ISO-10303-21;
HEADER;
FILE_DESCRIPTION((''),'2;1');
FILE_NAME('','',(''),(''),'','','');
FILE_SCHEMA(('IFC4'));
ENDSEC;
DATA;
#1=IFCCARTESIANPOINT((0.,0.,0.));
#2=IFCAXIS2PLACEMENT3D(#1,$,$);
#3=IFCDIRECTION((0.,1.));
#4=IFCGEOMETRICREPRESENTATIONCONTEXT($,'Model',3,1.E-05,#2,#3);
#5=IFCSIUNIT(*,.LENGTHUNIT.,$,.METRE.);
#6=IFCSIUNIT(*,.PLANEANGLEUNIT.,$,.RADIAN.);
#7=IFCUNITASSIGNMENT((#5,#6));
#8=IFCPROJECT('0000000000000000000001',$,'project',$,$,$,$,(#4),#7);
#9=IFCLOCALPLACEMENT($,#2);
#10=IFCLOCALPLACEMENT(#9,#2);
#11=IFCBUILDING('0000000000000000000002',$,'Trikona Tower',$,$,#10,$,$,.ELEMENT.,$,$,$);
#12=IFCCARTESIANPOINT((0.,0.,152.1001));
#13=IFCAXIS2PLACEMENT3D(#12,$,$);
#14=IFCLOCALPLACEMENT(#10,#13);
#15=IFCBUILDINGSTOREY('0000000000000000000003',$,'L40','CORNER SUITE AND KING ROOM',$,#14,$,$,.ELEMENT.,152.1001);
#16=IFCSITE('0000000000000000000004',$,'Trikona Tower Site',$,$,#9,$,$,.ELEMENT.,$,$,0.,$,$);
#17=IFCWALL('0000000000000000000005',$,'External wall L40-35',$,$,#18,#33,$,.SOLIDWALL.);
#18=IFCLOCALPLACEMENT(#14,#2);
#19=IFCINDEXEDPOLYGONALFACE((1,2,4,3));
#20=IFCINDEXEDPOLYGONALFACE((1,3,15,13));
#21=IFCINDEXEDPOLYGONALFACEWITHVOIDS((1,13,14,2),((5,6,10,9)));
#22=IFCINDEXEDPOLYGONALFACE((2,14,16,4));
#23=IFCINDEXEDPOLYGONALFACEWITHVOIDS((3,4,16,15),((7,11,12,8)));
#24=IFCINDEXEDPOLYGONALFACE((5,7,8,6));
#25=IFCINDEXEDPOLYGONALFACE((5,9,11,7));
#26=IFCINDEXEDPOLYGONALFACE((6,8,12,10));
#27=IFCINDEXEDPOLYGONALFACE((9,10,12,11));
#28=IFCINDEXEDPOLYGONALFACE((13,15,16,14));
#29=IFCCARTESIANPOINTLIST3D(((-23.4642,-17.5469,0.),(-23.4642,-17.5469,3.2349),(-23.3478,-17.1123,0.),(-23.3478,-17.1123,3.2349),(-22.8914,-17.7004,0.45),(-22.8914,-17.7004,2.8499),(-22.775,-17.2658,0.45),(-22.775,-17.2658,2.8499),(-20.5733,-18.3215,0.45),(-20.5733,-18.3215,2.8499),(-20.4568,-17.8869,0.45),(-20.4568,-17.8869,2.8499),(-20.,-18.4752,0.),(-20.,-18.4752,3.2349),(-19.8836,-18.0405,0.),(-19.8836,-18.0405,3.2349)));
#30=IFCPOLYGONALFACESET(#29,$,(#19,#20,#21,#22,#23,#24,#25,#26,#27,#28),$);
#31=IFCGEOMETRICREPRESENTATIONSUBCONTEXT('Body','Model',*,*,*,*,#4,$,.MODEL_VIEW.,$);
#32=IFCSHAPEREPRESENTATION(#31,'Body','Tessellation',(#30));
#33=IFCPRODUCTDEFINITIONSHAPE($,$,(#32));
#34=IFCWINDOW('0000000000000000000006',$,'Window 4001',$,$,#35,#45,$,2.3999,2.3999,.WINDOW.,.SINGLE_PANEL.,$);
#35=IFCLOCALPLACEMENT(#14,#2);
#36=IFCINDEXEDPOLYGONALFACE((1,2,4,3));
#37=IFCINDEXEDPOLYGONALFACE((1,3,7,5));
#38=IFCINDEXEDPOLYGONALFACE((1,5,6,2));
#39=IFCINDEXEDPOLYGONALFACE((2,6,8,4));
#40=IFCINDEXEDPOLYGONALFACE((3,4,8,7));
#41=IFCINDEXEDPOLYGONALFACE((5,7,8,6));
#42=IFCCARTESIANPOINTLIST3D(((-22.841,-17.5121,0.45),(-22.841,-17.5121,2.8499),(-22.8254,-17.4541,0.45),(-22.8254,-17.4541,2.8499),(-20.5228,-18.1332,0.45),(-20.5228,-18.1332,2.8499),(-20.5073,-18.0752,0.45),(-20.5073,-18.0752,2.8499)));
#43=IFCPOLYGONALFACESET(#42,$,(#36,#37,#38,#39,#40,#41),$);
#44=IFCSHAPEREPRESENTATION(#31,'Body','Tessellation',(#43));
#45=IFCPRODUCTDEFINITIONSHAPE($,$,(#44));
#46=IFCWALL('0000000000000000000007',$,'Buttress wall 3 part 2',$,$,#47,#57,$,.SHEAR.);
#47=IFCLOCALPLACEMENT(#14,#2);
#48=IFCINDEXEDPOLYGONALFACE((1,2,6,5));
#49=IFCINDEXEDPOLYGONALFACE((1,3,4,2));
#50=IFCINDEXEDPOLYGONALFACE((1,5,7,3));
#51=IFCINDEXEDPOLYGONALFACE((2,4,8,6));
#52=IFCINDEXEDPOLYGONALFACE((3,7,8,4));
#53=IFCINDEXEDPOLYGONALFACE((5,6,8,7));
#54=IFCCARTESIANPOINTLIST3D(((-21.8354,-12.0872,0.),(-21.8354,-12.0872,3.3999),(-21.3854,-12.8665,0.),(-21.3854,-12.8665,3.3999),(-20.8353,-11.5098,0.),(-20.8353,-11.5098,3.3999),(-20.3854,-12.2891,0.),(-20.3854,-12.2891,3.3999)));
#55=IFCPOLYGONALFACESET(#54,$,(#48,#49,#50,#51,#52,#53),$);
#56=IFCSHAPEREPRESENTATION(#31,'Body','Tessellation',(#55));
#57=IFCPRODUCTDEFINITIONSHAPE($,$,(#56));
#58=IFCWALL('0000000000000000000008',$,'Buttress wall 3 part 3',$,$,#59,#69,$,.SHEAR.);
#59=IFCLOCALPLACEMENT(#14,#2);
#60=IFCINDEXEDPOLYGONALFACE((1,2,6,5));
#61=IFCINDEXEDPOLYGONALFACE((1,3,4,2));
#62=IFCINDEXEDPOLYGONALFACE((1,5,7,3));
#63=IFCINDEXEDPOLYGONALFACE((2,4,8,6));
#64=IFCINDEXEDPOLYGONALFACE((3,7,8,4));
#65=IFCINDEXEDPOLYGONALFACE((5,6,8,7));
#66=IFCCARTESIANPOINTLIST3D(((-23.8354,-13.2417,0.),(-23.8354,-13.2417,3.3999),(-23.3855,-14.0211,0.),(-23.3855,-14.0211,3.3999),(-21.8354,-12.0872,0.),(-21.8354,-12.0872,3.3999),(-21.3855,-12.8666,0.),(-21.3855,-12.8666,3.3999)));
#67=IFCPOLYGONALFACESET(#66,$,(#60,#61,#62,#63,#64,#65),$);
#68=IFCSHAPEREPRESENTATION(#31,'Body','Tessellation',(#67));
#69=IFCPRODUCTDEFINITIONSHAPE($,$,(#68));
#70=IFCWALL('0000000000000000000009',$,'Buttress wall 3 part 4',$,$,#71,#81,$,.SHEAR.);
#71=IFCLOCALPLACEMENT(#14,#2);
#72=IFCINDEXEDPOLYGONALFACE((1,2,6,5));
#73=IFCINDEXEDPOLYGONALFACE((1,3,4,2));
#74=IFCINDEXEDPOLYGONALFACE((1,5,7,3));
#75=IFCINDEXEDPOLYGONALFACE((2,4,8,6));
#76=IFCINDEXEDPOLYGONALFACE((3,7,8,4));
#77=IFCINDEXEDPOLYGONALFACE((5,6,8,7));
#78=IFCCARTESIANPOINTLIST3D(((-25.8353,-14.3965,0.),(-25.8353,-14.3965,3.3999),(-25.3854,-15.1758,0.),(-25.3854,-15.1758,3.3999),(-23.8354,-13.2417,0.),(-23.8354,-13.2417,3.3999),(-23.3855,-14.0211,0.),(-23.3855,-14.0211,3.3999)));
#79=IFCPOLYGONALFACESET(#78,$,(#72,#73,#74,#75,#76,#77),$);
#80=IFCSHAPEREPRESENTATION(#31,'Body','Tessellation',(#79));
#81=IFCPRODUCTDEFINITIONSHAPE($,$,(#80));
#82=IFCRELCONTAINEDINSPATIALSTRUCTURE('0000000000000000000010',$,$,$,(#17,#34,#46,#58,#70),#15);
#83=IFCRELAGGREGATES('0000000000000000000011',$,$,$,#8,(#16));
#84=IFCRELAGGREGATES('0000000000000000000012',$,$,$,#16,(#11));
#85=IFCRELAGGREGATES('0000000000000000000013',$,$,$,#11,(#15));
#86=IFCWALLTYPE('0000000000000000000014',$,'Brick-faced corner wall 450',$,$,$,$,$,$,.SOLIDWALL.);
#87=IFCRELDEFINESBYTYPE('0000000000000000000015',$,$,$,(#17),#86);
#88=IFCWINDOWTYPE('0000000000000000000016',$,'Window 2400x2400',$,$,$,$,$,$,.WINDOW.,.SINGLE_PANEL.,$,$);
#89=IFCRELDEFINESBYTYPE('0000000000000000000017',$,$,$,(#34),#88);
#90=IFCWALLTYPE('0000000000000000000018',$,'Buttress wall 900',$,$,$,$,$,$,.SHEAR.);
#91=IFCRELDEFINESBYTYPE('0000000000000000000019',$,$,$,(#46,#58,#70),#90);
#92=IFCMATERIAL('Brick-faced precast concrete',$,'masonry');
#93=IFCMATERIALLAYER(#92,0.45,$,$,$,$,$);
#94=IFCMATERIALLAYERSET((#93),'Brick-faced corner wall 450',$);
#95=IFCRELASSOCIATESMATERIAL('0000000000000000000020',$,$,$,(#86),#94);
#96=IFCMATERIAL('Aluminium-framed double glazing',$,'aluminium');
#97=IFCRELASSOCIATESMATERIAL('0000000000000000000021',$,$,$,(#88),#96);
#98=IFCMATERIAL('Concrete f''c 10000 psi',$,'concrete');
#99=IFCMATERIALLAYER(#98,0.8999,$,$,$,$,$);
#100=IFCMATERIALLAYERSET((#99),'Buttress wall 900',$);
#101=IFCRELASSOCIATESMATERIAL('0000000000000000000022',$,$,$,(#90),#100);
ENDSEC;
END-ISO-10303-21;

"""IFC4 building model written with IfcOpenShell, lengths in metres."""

from ifc_helpers import new_model, si_unit, direction, frame, frame_2d, origin, place, context, subcontext, project, spatial, rectangle, extrude, material, layer, layer_set, type_object, element, fill, save


model = new_model("IFC4")

# Units and contexts
model_context = context("Model", 3, precision=1e-05, world=origin(), true_north=direction((0.0, 1.0)))
body_context = subcontext(model_context, "Body", "Model", "MODEL_VIEW")
ifc_project = project(units=[si_unit("LENGTHUNIT", "METRE"), si_unit("PLANEANGLEUNIT", "RADIAN")], contexts=[model_context])

# Site, building, storey
site_placement = place(None, origin())
site = spatial("IfcSite", under=ifc_project, at=site_placement, Name="Trikona Tower Site", CompositionType="ELEMENT", RefElevation=0.0)
building_placement = place(site_placement, origin())
building = spatial("IfcBuilding", under=site, at=building_placement, Name="Trikona Tower", CompositionType="ELEMENT")
storey_placement = place(building_placement, frame((0.0, 0.0, 152.1001)))
storey = spatial("IfcBuildingStorey", under=building, at=storey_placement, Name="L40", Description="CORNER SUITE AND KING ROOM", CompositionType="ELEMENT", Elevation=152.1001)

# Wall, opening, window
ifc_material_1 = material(Name="Brick-faced precast concrete", Category="masonry")
ifc_layer_1 = layer(ifc_material_1, 0.45)
ifc_layer_set_1 = layer_set([ifc_layer_1], Name="Brick-faced corner wall 450")
wall_type_1 = type_object("IfcWallType", Name="Brick-faced corner wall 450", PredefinedType="SOLIDWALL", material=ifc_layer_set_1)
wall_1_placement = place(storey_placement, frame((-23.406, -17.3296, 0.0), z_axis=(0.0, 0.0, 1.0), x_axis=(0.965925, -0.258823, 0.0)))
wall_1 = element("IfcWall", 1, at=wall_1_placement, inside=storey, type_object=wall_type_1, Name="External wall L40-35", PredefinedType="SOLIDWALL", context=body_context, shape_type="SweptSolid", body=[
    extrude(rectangle(XDim=3.5864, YDim=0.45, at=frame_2d((1.7932, 0.0))), origin(), (0.0, 0.0, 1.0), 3.2349),
])
opening_1_placement = place(wall_1_placement, frame((0.593, 0.0, 0.45)))
opening_1 = element("IfcOpeningElement", 2, at=opening_1_placement, cuts=wall_1, PredefinedType="OPENING", context=body_context, shape_type="SweptSolid", body=[
    extrude(rectangle(XDim=2.3999, YDim=2.3999, at=frame_2d((1.2, 1.2))), frame((0.0, 0.2349, 0.0), z_axis=(0.0, -1.0, 0.0), x_axis=(1.0, 0.0, 0.0)), (0.0, 0.0, 1.0), 0.47),
])
ifc_material_2 = material(Name="Aluminium-framed double glazing", Category="aluminium")
window_type_1 = type_object("IfcWindowType", Name="Window 2400x2400", PartitioningType="SINGLE_PANEL", PredefinedType="WINDOW", material=ifc_material_2)
window_1_placement = place(opening_1_placement, origin())
window_1 = element("IfcWindow", 3, at=window_1_placement, inside=storey, type_object=window_type_1, Name="Window 4001", OverallHeight=2.3999, OverallWidth=2.3999, PartitioningType="SINGLE_PANEL", PredefinedType="WINDOW", context=body_context, shape_type="SweptSolid", body=[
    extrude(rectangle(XDim=2.3999, YDim=2.3999, at=frame_2d((1.2, 1.2))), frame((0.0, 0.03, 0.0), z_axis=(0.0, -1.0, 0.0), x_axis=(1.0, 0.0, 0.0)), (0.0, 0.0, 1.0), 0.0601),
])
fill(opening_1, window_1)

# Walls
ifc_material_3 = material(Name="Concrete f'c 10000 psi", Category="concrete")
ifc_layer_2 = layer(ifc_material_3, 0.8999)
ifc_layer_set_2 = layer_set([ifc_layer_2], Name="Buttress wall 900")
wall_type_2 = type_object("IfcWallType", Name="Buttress wall 900", PredefinedType="SHEAR", material=ifc_layer_set_2)
wall_2_placement = place(storey_placement, frame((-20.6104, -11.8994, 0.0), z_axis=(0.0, 0.0, 1.0), x_axis=(-0.86601, -0.500027, 0.0)))
element("IfcWall", 4, at=wall_2_placement, inside=storey, type_object=wall_type_2, Name="Buttress wall 3 part 2", PredefinedType="SHEAR", context=body_context, shape_type="SweptSolid", body=[
    extrude(rectangle(XDim=1.1548, YDim=0.8999, at=frame_2d((0.5774, 0.0))), origin(), (0.0, 0.0, 1.0), 3.3999),
])
for number, where, z_axis, x_axis, name in (
    (5, (-21.6104, -12.4768, 0.0), (0.0, 0.0, 1.0), (-0.866055, -0.499948, 0.0), "Buttress wall 3 part 3"),
    (6, (-23.6104, -13.6313, 0.0), (0.0, 0.0, 1.0), (-0.86601, -0.500027, 0.0), "Buttress wall 3 part 4"),
):
    element("IfcWall", number, at=place(storey_placement, frame(where, z_axis=z_axis, x_axis=x_axis)), inside=storey, type_object=wall_type_2, Name=name, PredefinedType="SHEAR", context=body_context, shape_type="SweptSolid", body=[
        extrude(rectangle(XDim=2.3093, YDim=0.8999, at=frame_2d((1.1548, 0.0))), origin(), (0.0, 0.0, 1.0), 3.3999),
    ])

save(model, "model.ifc")
